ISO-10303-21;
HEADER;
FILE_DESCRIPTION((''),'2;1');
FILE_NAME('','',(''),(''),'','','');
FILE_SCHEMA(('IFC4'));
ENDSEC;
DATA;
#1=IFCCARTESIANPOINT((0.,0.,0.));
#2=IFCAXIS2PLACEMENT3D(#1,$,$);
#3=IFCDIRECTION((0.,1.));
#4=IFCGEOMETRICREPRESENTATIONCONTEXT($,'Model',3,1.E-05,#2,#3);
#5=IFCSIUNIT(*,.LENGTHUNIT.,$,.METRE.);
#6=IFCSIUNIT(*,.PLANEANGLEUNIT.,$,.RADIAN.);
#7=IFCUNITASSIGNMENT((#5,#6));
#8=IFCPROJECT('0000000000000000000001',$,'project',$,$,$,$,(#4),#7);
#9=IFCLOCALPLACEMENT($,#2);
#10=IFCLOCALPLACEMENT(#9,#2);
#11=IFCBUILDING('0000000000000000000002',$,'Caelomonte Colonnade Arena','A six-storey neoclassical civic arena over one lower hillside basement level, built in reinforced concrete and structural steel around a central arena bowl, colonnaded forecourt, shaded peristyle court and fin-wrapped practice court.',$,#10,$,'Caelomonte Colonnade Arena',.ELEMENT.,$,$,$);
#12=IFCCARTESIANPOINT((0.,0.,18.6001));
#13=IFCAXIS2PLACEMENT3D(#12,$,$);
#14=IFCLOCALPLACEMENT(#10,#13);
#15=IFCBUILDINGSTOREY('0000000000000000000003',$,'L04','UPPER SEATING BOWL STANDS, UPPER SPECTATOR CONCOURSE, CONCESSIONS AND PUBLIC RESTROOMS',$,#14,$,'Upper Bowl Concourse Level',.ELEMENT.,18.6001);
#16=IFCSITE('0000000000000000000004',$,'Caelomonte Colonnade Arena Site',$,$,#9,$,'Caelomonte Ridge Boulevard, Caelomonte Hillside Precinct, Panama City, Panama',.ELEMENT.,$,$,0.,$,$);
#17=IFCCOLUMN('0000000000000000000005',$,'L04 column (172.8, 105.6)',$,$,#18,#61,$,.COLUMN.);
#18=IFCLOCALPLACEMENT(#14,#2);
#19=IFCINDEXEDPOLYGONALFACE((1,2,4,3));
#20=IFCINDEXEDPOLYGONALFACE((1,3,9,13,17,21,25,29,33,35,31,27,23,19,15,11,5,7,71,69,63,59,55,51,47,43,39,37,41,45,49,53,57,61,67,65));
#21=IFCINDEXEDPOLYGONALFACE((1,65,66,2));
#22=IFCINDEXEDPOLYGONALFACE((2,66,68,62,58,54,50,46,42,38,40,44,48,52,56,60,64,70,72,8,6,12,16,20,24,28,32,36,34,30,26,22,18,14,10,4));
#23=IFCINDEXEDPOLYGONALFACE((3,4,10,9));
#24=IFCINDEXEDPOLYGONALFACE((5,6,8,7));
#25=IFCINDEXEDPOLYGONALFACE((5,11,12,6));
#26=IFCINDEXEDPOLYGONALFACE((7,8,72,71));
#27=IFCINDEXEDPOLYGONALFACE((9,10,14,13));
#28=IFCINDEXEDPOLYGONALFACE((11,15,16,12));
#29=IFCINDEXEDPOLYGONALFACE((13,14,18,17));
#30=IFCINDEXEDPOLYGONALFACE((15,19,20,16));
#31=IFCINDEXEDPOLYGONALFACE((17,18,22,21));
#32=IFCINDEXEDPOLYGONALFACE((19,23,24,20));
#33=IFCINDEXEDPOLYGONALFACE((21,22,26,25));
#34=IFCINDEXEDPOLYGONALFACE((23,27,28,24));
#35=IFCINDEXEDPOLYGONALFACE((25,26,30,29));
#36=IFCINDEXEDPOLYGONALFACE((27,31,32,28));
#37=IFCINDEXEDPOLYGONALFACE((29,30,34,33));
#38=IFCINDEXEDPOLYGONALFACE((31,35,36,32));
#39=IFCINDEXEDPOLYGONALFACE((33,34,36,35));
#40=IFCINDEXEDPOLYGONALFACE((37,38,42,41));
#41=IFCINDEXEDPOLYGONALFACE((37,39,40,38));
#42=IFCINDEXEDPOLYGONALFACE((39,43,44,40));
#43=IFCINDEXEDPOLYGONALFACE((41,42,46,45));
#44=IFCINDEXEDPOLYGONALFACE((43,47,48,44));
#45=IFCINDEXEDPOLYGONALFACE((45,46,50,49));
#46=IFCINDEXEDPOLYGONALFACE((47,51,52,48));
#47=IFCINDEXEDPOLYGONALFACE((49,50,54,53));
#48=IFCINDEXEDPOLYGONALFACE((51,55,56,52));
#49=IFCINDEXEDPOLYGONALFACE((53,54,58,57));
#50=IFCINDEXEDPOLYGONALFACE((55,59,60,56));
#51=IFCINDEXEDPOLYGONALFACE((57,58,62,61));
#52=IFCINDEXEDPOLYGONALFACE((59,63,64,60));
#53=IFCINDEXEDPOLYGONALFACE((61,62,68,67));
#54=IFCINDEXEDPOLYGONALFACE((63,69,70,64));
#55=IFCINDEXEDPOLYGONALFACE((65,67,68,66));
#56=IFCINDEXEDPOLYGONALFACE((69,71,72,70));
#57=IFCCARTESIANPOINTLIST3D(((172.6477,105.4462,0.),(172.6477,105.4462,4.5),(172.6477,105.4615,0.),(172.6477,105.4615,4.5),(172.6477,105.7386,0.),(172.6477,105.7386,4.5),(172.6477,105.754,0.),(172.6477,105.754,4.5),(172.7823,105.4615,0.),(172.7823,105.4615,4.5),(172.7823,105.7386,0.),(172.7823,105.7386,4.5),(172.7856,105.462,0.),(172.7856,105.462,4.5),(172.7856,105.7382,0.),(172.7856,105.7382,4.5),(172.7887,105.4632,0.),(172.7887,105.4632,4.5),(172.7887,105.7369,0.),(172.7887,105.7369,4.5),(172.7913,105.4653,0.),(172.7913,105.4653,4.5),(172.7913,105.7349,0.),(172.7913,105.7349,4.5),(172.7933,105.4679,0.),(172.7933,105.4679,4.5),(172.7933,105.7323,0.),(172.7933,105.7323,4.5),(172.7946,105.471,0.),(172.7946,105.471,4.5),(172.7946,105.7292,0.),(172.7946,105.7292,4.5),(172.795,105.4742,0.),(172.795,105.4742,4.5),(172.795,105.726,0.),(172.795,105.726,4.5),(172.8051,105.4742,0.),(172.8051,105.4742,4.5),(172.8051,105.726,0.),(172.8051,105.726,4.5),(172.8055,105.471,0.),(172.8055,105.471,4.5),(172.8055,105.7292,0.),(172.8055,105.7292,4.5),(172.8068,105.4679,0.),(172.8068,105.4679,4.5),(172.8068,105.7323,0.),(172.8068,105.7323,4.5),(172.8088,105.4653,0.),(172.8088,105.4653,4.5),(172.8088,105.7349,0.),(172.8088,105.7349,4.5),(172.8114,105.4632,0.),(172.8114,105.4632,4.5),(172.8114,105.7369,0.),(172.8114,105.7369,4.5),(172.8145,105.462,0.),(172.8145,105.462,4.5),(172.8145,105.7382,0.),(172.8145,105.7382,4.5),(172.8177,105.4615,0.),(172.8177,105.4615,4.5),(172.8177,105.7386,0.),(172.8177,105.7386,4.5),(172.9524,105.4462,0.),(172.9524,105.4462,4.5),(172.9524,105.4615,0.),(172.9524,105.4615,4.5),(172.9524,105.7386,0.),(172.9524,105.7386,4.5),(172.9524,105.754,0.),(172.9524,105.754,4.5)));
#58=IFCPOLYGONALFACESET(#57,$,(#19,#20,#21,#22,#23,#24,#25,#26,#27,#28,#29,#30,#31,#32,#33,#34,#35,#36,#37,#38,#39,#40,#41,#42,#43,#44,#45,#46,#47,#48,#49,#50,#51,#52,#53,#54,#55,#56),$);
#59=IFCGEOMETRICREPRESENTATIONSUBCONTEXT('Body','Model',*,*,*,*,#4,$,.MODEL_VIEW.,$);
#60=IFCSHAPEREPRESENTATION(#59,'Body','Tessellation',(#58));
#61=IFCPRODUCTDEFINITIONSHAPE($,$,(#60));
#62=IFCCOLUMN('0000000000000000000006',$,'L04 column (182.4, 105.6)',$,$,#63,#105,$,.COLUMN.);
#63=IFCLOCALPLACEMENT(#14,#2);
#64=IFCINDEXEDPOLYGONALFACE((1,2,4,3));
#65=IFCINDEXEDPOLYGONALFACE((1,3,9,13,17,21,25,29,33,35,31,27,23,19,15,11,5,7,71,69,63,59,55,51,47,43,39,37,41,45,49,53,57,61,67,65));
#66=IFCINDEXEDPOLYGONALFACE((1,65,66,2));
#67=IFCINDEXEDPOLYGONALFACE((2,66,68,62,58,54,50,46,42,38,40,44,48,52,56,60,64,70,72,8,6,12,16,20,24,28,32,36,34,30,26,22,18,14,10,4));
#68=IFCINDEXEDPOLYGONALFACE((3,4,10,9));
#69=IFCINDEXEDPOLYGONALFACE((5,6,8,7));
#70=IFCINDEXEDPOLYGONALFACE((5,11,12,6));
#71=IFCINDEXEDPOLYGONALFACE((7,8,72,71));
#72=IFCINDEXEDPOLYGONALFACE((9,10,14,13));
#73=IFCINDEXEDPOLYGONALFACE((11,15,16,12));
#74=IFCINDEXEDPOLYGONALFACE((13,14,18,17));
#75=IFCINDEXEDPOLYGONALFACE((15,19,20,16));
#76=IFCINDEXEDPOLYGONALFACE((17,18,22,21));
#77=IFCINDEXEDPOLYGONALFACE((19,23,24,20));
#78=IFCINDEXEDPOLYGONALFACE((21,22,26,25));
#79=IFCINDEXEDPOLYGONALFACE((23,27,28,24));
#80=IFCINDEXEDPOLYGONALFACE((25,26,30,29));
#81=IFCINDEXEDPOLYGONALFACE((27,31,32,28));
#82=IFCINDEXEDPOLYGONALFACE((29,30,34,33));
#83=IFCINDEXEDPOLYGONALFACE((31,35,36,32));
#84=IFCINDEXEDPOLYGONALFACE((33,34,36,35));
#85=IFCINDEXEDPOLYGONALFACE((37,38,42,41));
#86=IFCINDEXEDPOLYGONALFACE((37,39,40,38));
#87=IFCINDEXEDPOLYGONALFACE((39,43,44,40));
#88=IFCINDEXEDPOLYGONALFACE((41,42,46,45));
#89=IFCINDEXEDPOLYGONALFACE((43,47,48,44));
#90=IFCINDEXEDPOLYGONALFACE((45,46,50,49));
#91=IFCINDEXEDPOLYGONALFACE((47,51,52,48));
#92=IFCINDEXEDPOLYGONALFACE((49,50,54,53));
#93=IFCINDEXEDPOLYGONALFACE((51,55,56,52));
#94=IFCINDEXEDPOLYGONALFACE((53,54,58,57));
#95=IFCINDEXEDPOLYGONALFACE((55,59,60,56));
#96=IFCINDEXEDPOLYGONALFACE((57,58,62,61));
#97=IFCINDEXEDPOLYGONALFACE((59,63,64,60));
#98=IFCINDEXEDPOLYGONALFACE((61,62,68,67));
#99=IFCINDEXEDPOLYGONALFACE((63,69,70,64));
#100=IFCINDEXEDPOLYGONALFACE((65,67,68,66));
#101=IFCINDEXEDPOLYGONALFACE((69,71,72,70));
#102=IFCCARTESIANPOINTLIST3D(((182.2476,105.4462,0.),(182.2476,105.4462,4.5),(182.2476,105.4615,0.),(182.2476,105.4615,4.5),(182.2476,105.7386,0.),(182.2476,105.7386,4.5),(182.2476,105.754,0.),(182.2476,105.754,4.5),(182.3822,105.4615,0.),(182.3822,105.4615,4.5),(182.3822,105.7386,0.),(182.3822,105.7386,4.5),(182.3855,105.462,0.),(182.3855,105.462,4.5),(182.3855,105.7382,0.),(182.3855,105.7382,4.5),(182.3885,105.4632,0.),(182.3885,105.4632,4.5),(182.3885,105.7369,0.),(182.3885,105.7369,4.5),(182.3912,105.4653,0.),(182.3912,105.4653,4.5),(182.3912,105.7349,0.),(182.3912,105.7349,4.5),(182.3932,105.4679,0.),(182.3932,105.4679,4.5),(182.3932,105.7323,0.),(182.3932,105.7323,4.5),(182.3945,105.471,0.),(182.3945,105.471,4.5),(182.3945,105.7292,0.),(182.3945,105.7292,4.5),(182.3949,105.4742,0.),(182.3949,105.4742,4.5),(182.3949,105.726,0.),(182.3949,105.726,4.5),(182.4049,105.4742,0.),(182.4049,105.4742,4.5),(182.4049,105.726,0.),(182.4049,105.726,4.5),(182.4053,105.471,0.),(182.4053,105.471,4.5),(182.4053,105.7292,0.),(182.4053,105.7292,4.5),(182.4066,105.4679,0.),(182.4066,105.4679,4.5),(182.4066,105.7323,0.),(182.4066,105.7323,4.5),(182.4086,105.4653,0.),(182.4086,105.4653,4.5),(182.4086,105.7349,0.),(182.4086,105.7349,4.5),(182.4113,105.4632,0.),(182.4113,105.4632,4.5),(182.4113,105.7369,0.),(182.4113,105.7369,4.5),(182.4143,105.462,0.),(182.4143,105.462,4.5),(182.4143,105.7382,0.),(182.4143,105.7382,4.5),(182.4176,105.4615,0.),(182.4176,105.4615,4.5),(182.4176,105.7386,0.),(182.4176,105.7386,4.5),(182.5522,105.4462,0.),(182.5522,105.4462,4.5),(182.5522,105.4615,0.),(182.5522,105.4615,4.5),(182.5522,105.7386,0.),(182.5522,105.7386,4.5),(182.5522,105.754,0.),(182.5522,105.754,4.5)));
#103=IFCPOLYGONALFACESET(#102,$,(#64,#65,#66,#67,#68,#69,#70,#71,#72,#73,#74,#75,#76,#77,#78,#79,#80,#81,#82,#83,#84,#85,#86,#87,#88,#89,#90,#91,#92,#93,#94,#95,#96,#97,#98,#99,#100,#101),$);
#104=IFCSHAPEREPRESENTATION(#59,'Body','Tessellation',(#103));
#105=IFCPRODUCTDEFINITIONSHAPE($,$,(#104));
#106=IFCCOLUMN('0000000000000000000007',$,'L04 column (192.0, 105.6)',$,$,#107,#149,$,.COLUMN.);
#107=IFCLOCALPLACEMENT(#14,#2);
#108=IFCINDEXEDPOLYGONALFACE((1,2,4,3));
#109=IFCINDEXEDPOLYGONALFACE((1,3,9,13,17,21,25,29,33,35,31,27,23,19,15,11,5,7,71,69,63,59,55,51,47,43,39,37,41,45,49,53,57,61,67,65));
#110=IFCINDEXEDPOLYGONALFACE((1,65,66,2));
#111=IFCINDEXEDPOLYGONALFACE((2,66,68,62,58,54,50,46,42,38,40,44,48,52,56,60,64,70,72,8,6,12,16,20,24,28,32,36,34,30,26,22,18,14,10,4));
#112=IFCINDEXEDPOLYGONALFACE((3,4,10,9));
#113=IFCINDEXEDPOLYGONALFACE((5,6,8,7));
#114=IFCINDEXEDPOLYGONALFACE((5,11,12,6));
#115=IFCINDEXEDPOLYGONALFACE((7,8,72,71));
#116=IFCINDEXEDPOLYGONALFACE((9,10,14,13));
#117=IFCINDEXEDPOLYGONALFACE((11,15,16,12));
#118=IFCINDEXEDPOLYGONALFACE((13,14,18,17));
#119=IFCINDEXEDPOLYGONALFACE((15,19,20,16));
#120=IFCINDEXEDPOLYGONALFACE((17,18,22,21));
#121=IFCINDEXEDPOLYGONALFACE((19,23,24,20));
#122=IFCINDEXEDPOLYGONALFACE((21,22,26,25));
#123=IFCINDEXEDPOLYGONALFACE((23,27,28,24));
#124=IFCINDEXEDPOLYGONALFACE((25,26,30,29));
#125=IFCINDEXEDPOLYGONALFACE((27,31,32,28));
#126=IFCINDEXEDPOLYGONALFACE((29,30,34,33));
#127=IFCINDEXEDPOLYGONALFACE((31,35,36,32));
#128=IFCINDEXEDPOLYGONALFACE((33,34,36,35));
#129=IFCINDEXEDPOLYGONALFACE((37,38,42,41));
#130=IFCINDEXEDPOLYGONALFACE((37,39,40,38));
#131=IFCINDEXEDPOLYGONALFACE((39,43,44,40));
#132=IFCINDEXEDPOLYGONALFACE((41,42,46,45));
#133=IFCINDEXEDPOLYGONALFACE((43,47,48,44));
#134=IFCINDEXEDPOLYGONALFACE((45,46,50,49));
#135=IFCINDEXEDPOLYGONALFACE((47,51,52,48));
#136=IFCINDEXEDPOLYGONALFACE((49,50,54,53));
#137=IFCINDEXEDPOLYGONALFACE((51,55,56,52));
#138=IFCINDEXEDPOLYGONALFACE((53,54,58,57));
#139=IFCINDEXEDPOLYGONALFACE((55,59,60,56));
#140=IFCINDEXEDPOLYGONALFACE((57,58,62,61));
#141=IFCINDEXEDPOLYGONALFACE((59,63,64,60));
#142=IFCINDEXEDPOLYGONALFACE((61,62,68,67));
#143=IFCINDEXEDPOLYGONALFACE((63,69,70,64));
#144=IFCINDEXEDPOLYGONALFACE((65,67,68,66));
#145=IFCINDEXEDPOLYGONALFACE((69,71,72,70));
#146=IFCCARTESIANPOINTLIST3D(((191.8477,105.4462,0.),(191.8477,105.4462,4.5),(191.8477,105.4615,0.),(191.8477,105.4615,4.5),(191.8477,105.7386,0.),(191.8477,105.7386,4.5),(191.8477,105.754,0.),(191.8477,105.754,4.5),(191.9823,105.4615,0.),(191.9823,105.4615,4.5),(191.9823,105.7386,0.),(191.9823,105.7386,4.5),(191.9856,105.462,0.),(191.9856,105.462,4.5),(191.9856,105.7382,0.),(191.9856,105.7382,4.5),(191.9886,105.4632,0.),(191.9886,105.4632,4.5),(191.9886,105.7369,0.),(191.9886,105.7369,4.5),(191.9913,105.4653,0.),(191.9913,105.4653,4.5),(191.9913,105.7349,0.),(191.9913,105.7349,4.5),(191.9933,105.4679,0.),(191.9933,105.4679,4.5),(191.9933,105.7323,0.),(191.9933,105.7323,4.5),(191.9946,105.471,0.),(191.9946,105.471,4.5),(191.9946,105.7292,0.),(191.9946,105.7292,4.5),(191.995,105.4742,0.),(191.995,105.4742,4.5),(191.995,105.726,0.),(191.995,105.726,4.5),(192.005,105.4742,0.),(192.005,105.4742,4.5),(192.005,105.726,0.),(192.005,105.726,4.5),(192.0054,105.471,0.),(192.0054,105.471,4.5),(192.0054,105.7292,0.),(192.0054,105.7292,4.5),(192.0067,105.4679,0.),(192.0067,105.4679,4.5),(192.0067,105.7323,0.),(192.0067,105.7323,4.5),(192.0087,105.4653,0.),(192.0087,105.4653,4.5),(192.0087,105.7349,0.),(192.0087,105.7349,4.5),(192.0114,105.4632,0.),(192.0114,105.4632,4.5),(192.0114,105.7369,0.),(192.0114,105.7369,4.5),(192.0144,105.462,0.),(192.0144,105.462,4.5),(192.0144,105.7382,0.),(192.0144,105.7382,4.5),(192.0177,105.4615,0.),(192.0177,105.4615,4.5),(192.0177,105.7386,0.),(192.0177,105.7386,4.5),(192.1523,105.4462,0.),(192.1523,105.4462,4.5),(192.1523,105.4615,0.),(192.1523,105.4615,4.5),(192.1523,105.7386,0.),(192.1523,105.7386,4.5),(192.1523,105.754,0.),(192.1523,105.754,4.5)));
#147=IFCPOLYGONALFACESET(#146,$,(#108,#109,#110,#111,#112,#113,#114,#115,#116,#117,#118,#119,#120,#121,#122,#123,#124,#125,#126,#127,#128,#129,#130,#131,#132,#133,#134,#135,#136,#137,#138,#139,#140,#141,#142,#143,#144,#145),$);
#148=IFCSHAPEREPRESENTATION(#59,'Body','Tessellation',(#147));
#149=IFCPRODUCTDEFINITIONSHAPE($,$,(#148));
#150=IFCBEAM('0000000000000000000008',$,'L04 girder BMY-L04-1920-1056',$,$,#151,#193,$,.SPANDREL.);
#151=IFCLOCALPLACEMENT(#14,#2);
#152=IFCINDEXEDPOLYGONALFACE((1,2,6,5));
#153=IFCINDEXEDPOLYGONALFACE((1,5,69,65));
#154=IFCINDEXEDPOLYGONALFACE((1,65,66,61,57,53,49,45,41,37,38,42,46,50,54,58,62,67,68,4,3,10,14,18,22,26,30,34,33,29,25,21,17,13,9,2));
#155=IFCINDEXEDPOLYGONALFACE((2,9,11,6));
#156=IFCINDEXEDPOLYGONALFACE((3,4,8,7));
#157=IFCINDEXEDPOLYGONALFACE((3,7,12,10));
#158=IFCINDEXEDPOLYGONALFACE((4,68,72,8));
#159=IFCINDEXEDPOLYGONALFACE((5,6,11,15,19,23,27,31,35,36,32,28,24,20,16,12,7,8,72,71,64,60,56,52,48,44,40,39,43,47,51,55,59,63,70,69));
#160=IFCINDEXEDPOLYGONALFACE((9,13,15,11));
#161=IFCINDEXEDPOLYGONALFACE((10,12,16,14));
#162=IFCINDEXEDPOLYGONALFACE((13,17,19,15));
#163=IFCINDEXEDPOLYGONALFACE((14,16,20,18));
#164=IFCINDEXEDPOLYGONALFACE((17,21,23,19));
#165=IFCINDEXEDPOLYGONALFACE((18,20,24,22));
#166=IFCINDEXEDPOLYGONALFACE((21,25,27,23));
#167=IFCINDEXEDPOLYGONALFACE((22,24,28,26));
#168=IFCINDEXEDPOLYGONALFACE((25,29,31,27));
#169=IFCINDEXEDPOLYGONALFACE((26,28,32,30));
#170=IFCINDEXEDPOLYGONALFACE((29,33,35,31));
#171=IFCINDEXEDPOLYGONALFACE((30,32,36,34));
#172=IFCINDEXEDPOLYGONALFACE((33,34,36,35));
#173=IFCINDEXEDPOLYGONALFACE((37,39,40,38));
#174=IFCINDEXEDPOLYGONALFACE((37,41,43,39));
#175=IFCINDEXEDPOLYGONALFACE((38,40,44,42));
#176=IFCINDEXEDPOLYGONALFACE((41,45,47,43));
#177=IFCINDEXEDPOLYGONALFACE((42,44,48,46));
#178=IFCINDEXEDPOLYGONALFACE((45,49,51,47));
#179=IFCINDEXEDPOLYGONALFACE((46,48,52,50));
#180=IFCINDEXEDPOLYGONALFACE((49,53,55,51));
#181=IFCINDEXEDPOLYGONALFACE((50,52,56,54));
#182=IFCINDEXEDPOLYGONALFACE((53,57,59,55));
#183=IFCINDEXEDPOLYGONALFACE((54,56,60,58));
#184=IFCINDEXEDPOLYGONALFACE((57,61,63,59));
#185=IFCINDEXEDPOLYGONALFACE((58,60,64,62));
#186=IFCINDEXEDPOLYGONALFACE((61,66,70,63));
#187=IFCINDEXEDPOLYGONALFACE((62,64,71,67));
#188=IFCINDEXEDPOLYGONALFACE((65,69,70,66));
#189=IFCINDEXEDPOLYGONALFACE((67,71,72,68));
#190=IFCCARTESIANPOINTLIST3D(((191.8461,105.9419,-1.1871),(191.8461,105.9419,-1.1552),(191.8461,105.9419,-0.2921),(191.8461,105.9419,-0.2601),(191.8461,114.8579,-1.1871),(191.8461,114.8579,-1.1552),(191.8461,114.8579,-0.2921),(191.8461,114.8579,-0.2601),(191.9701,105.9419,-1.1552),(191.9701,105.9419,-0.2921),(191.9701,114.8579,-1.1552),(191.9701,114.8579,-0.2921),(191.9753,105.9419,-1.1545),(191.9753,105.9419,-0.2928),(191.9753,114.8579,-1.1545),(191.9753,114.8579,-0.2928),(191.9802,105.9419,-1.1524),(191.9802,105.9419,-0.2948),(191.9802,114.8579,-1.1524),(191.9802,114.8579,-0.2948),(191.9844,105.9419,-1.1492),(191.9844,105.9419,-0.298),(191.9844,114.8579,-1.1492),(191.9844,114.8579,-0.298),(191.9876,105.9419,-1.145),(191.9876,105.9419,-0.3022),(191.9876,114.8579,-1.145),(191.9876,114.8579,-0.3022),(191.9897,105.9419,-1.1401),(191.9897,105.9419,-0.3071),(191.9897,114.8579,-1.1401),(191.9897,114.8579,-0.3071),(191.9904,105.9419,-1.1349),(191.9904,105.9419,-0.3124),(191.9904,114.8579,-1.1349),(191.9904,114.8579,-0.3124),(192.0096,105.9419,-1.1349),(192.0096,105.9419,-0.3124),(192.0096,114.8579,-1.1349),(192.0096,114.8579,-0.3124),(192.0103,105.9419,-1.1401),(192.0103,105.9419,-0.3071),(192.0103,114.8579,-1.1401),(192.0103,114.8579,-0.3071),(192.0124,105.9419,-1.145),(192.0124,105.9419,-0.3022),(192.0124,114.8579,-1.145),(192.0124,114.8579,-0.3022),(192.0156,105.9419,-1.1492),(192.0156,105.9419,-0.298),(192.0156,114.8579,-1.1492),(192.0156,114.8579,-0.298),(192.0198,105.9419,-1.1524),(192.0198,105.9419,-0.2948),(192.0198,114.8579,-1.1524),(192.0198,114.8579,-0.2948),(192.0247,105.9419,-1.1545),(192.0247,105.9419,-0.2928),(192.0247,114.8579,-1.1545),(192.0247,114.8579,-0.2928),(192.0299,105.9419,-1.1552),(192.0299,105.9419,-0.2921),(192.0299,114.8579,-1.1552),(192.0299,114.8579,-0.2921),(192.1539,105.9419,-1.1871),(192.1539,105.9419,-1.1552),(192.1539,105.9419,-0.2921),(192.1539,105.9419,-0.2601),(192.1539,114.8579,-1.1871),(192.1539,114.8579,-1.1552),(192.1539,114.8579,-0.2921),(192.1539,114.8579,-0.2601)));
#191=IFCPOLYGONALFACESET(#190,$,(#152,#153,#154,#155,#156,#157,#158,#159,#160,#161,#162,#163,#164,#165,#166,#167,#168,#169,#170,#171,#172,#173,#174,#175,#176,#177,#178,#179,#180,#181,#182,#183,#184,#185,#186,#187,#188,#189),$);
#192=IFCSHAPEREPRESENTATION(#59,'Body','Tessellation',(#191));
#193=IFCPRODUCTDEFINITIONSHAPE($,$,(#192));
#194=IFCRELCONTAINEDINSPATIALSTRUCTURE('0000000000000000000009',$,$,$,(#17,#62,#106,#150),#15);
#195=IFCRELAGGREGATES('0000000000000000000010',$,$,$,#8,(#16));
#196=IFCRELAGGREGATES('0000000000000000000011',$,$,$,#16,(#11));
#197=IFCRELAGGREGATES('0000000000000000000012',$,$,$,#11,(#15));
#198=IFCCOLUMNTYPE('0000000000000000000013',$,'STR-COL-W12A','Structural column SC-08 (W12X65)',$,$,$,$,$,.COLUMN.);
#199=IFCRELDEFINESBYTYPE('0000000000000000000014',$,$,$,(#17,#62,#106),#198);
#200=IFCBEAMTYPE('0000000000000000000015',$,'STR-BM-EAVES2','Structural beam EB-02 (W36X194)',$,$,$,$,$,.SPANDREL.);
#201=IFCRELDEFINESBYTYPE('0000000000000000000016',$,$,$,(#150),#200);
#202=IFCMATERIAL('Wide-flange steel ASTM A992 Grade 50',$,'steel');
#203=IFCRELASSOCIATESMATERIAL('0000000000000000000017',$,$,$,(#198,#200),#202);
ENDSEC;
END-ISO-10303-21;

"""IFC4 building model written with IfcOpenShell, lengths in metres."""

from ifc_helpers import new_model, si_unit, direction, frame, origin, origin_2d, place, context, subcontext, project, spatial, i_section, extrude, material, material_profile, profile_set, type_object, element, save


model = new_model("IFC4")

# Units and contexts
model_context = context("Model", 3, precision=1e-05, world=origin(), true_north=direction((0.0, 1.0)))
body_context = subcontext(model_context, "Body", "Model", "MODEL_VIEW")
ifc_project = project(units=[si_unit("LENGTHUNIT", "METRE"), si_unit("PLANEANGLEUNIT", "RADIAN")], contexts=[model_context])

# Site, building, storey
site_placement = place(None, origin())
site = spatial("IfcSite", under=ifc_project, at=site_placement, Name="Caelomonte Colonnade Arena Site", LongName="Caelomonte Ridge Boulevard, Caelomonte Hillside Precinct, Panama City, Panama", CompositionType="ELEMENT", RefElevation=0.0)
building_placement = place(site_placement, origin())
building = spatial("IfcBuilding", under=site, at=building_placement, Name="Caelomonte Colonnade Arena", Description="A six-storey neoclassical civic arena over one lower hillside basement level, built in reinforced concrete and structural steel around a central arena bowl, colonnaded forecourt, shaded peristyle court and fin-wrapped practice court.", LongName="Caelomonte Colonnade Arena", CompositionType="ELEMENT")
storey_placement = place(building_placement, frame((0.0, 0.0, 18.6001)))
storey = spatial("IfcBuildingStorey", under=building, at=storey_placement, Name="L04", Description="UPPER SEATING BOWL STANDS, UPPER SPECTATOR CONCOURSE, CONCESSIONS AND PUBLIC RESTROOMS", LongName="Upper Bowl Concourse Level", CompositionType="ELEMENT", Elevation=18.6001)

# Columns
ifc_material_1 = material(Name="Wide-flange steel ASTM A992 Grade 50", Category="steel")
ifc_material_profile_1 = material_profile(ifc_material_1, i_section(OverallWidth=0.3047, OverallDepth=0.3079, WebThickness=0.01, FlangeThickness=0.0154, FilletRadius=0.0127, at=origin_2d()), Name="W12X65")
ifc_profile_set_1 = profile_set([ifc_material_profile_1], Name="Wide-flange steel ASTM A992 Grade 50")
column_type = type_object("IfcColumnType", Name="STR-COL-W12A", Description="Structural column SC-08 (W12X65)", PredefinedType="COLUMN", material=ifc_profile_set_1)
for number, where, z_axis, x_axis, name in (
    (1, (172.8, 105.6001, 0.0), (0.0, 0.0, 1.0), (1.0, 0.0, 0.0), "L04 column (172.8, 105.6)"),
    (2, (182.3999, 105.6001, 0.0), (0.0, 0.0, 1.0), (1.0, 0.0, 0.0), "L04 column (182.4, 105.6)"),
    (3, (192.0, 105.6001, 0.0), (0.0, 0.0, 1.0), (1.0, 0.0, 0.0), "L04 column (192.0, 105.6)"),
):
    element("IfcColumn", number, at=place(storey_placement, frame(where, z_axis=z_axis, x_axis=x_axis)), inside=storey, type_object=column_type, Name=name, PredefinedType="COLUMN", context=body_context, shape_type="SweptSolid", body=[
        extrude(i_section(OverallWidth=0.3047, OverallDepth=0.3079, WebThickness=0.01, FlangeThickness=0.0154, FilletRadius=0.0127, at=origin_2d()), origin(), (0.0, 0.0, 1.0), 4.5),
    ])

# Beam
ifc_material_profile_2 = material_profile(ifc_material_1, i_section(OverallWidth=0.3079, OverallDepth=0.927, WebThickness=0.0193, FlangeThickness=0.032, FilletRadius=0.0203, at=origin_2d()), Name="W36X194")
ifc_profile_set_2 = profile_set([ifc_material_profile_2], Name="Wide-flange steel ASTM A992 Grade 50")
beam_type_1 = type_object("IfcBeamType", Name="STR-BM-EAVES2", Description="Structural beam EB-02 (W36X194)", PredefinedType="SPANDREL", material=ifc_profile_set_2)
beam_placement = place(storey_placement, frame((192.0, 105.9419, -0.7236), z_axis=(0.0, 1.0, 0.0), x_axis=(-1.0, 0.0, 0.0)))
element("IfcBeam", 4, at=beam_placement, inside=storey, type_object=beam_type_1, Name="L04 girder BMY-L04-1920-1056", PredefinedType="SPANDREL", context=body_context, shape_type="SweptSolid", body=[
    extrude(i_section(OverallWidth=0.3079, OverallDepth=0.927, WebThickness=0.0193, FlangeThickness=0.032, FilletRadius=0.0203, at=origin_2d()), origin(), (0.0, 0.0, 1.0), 8.916),
])

save(model, "model.ifc")
